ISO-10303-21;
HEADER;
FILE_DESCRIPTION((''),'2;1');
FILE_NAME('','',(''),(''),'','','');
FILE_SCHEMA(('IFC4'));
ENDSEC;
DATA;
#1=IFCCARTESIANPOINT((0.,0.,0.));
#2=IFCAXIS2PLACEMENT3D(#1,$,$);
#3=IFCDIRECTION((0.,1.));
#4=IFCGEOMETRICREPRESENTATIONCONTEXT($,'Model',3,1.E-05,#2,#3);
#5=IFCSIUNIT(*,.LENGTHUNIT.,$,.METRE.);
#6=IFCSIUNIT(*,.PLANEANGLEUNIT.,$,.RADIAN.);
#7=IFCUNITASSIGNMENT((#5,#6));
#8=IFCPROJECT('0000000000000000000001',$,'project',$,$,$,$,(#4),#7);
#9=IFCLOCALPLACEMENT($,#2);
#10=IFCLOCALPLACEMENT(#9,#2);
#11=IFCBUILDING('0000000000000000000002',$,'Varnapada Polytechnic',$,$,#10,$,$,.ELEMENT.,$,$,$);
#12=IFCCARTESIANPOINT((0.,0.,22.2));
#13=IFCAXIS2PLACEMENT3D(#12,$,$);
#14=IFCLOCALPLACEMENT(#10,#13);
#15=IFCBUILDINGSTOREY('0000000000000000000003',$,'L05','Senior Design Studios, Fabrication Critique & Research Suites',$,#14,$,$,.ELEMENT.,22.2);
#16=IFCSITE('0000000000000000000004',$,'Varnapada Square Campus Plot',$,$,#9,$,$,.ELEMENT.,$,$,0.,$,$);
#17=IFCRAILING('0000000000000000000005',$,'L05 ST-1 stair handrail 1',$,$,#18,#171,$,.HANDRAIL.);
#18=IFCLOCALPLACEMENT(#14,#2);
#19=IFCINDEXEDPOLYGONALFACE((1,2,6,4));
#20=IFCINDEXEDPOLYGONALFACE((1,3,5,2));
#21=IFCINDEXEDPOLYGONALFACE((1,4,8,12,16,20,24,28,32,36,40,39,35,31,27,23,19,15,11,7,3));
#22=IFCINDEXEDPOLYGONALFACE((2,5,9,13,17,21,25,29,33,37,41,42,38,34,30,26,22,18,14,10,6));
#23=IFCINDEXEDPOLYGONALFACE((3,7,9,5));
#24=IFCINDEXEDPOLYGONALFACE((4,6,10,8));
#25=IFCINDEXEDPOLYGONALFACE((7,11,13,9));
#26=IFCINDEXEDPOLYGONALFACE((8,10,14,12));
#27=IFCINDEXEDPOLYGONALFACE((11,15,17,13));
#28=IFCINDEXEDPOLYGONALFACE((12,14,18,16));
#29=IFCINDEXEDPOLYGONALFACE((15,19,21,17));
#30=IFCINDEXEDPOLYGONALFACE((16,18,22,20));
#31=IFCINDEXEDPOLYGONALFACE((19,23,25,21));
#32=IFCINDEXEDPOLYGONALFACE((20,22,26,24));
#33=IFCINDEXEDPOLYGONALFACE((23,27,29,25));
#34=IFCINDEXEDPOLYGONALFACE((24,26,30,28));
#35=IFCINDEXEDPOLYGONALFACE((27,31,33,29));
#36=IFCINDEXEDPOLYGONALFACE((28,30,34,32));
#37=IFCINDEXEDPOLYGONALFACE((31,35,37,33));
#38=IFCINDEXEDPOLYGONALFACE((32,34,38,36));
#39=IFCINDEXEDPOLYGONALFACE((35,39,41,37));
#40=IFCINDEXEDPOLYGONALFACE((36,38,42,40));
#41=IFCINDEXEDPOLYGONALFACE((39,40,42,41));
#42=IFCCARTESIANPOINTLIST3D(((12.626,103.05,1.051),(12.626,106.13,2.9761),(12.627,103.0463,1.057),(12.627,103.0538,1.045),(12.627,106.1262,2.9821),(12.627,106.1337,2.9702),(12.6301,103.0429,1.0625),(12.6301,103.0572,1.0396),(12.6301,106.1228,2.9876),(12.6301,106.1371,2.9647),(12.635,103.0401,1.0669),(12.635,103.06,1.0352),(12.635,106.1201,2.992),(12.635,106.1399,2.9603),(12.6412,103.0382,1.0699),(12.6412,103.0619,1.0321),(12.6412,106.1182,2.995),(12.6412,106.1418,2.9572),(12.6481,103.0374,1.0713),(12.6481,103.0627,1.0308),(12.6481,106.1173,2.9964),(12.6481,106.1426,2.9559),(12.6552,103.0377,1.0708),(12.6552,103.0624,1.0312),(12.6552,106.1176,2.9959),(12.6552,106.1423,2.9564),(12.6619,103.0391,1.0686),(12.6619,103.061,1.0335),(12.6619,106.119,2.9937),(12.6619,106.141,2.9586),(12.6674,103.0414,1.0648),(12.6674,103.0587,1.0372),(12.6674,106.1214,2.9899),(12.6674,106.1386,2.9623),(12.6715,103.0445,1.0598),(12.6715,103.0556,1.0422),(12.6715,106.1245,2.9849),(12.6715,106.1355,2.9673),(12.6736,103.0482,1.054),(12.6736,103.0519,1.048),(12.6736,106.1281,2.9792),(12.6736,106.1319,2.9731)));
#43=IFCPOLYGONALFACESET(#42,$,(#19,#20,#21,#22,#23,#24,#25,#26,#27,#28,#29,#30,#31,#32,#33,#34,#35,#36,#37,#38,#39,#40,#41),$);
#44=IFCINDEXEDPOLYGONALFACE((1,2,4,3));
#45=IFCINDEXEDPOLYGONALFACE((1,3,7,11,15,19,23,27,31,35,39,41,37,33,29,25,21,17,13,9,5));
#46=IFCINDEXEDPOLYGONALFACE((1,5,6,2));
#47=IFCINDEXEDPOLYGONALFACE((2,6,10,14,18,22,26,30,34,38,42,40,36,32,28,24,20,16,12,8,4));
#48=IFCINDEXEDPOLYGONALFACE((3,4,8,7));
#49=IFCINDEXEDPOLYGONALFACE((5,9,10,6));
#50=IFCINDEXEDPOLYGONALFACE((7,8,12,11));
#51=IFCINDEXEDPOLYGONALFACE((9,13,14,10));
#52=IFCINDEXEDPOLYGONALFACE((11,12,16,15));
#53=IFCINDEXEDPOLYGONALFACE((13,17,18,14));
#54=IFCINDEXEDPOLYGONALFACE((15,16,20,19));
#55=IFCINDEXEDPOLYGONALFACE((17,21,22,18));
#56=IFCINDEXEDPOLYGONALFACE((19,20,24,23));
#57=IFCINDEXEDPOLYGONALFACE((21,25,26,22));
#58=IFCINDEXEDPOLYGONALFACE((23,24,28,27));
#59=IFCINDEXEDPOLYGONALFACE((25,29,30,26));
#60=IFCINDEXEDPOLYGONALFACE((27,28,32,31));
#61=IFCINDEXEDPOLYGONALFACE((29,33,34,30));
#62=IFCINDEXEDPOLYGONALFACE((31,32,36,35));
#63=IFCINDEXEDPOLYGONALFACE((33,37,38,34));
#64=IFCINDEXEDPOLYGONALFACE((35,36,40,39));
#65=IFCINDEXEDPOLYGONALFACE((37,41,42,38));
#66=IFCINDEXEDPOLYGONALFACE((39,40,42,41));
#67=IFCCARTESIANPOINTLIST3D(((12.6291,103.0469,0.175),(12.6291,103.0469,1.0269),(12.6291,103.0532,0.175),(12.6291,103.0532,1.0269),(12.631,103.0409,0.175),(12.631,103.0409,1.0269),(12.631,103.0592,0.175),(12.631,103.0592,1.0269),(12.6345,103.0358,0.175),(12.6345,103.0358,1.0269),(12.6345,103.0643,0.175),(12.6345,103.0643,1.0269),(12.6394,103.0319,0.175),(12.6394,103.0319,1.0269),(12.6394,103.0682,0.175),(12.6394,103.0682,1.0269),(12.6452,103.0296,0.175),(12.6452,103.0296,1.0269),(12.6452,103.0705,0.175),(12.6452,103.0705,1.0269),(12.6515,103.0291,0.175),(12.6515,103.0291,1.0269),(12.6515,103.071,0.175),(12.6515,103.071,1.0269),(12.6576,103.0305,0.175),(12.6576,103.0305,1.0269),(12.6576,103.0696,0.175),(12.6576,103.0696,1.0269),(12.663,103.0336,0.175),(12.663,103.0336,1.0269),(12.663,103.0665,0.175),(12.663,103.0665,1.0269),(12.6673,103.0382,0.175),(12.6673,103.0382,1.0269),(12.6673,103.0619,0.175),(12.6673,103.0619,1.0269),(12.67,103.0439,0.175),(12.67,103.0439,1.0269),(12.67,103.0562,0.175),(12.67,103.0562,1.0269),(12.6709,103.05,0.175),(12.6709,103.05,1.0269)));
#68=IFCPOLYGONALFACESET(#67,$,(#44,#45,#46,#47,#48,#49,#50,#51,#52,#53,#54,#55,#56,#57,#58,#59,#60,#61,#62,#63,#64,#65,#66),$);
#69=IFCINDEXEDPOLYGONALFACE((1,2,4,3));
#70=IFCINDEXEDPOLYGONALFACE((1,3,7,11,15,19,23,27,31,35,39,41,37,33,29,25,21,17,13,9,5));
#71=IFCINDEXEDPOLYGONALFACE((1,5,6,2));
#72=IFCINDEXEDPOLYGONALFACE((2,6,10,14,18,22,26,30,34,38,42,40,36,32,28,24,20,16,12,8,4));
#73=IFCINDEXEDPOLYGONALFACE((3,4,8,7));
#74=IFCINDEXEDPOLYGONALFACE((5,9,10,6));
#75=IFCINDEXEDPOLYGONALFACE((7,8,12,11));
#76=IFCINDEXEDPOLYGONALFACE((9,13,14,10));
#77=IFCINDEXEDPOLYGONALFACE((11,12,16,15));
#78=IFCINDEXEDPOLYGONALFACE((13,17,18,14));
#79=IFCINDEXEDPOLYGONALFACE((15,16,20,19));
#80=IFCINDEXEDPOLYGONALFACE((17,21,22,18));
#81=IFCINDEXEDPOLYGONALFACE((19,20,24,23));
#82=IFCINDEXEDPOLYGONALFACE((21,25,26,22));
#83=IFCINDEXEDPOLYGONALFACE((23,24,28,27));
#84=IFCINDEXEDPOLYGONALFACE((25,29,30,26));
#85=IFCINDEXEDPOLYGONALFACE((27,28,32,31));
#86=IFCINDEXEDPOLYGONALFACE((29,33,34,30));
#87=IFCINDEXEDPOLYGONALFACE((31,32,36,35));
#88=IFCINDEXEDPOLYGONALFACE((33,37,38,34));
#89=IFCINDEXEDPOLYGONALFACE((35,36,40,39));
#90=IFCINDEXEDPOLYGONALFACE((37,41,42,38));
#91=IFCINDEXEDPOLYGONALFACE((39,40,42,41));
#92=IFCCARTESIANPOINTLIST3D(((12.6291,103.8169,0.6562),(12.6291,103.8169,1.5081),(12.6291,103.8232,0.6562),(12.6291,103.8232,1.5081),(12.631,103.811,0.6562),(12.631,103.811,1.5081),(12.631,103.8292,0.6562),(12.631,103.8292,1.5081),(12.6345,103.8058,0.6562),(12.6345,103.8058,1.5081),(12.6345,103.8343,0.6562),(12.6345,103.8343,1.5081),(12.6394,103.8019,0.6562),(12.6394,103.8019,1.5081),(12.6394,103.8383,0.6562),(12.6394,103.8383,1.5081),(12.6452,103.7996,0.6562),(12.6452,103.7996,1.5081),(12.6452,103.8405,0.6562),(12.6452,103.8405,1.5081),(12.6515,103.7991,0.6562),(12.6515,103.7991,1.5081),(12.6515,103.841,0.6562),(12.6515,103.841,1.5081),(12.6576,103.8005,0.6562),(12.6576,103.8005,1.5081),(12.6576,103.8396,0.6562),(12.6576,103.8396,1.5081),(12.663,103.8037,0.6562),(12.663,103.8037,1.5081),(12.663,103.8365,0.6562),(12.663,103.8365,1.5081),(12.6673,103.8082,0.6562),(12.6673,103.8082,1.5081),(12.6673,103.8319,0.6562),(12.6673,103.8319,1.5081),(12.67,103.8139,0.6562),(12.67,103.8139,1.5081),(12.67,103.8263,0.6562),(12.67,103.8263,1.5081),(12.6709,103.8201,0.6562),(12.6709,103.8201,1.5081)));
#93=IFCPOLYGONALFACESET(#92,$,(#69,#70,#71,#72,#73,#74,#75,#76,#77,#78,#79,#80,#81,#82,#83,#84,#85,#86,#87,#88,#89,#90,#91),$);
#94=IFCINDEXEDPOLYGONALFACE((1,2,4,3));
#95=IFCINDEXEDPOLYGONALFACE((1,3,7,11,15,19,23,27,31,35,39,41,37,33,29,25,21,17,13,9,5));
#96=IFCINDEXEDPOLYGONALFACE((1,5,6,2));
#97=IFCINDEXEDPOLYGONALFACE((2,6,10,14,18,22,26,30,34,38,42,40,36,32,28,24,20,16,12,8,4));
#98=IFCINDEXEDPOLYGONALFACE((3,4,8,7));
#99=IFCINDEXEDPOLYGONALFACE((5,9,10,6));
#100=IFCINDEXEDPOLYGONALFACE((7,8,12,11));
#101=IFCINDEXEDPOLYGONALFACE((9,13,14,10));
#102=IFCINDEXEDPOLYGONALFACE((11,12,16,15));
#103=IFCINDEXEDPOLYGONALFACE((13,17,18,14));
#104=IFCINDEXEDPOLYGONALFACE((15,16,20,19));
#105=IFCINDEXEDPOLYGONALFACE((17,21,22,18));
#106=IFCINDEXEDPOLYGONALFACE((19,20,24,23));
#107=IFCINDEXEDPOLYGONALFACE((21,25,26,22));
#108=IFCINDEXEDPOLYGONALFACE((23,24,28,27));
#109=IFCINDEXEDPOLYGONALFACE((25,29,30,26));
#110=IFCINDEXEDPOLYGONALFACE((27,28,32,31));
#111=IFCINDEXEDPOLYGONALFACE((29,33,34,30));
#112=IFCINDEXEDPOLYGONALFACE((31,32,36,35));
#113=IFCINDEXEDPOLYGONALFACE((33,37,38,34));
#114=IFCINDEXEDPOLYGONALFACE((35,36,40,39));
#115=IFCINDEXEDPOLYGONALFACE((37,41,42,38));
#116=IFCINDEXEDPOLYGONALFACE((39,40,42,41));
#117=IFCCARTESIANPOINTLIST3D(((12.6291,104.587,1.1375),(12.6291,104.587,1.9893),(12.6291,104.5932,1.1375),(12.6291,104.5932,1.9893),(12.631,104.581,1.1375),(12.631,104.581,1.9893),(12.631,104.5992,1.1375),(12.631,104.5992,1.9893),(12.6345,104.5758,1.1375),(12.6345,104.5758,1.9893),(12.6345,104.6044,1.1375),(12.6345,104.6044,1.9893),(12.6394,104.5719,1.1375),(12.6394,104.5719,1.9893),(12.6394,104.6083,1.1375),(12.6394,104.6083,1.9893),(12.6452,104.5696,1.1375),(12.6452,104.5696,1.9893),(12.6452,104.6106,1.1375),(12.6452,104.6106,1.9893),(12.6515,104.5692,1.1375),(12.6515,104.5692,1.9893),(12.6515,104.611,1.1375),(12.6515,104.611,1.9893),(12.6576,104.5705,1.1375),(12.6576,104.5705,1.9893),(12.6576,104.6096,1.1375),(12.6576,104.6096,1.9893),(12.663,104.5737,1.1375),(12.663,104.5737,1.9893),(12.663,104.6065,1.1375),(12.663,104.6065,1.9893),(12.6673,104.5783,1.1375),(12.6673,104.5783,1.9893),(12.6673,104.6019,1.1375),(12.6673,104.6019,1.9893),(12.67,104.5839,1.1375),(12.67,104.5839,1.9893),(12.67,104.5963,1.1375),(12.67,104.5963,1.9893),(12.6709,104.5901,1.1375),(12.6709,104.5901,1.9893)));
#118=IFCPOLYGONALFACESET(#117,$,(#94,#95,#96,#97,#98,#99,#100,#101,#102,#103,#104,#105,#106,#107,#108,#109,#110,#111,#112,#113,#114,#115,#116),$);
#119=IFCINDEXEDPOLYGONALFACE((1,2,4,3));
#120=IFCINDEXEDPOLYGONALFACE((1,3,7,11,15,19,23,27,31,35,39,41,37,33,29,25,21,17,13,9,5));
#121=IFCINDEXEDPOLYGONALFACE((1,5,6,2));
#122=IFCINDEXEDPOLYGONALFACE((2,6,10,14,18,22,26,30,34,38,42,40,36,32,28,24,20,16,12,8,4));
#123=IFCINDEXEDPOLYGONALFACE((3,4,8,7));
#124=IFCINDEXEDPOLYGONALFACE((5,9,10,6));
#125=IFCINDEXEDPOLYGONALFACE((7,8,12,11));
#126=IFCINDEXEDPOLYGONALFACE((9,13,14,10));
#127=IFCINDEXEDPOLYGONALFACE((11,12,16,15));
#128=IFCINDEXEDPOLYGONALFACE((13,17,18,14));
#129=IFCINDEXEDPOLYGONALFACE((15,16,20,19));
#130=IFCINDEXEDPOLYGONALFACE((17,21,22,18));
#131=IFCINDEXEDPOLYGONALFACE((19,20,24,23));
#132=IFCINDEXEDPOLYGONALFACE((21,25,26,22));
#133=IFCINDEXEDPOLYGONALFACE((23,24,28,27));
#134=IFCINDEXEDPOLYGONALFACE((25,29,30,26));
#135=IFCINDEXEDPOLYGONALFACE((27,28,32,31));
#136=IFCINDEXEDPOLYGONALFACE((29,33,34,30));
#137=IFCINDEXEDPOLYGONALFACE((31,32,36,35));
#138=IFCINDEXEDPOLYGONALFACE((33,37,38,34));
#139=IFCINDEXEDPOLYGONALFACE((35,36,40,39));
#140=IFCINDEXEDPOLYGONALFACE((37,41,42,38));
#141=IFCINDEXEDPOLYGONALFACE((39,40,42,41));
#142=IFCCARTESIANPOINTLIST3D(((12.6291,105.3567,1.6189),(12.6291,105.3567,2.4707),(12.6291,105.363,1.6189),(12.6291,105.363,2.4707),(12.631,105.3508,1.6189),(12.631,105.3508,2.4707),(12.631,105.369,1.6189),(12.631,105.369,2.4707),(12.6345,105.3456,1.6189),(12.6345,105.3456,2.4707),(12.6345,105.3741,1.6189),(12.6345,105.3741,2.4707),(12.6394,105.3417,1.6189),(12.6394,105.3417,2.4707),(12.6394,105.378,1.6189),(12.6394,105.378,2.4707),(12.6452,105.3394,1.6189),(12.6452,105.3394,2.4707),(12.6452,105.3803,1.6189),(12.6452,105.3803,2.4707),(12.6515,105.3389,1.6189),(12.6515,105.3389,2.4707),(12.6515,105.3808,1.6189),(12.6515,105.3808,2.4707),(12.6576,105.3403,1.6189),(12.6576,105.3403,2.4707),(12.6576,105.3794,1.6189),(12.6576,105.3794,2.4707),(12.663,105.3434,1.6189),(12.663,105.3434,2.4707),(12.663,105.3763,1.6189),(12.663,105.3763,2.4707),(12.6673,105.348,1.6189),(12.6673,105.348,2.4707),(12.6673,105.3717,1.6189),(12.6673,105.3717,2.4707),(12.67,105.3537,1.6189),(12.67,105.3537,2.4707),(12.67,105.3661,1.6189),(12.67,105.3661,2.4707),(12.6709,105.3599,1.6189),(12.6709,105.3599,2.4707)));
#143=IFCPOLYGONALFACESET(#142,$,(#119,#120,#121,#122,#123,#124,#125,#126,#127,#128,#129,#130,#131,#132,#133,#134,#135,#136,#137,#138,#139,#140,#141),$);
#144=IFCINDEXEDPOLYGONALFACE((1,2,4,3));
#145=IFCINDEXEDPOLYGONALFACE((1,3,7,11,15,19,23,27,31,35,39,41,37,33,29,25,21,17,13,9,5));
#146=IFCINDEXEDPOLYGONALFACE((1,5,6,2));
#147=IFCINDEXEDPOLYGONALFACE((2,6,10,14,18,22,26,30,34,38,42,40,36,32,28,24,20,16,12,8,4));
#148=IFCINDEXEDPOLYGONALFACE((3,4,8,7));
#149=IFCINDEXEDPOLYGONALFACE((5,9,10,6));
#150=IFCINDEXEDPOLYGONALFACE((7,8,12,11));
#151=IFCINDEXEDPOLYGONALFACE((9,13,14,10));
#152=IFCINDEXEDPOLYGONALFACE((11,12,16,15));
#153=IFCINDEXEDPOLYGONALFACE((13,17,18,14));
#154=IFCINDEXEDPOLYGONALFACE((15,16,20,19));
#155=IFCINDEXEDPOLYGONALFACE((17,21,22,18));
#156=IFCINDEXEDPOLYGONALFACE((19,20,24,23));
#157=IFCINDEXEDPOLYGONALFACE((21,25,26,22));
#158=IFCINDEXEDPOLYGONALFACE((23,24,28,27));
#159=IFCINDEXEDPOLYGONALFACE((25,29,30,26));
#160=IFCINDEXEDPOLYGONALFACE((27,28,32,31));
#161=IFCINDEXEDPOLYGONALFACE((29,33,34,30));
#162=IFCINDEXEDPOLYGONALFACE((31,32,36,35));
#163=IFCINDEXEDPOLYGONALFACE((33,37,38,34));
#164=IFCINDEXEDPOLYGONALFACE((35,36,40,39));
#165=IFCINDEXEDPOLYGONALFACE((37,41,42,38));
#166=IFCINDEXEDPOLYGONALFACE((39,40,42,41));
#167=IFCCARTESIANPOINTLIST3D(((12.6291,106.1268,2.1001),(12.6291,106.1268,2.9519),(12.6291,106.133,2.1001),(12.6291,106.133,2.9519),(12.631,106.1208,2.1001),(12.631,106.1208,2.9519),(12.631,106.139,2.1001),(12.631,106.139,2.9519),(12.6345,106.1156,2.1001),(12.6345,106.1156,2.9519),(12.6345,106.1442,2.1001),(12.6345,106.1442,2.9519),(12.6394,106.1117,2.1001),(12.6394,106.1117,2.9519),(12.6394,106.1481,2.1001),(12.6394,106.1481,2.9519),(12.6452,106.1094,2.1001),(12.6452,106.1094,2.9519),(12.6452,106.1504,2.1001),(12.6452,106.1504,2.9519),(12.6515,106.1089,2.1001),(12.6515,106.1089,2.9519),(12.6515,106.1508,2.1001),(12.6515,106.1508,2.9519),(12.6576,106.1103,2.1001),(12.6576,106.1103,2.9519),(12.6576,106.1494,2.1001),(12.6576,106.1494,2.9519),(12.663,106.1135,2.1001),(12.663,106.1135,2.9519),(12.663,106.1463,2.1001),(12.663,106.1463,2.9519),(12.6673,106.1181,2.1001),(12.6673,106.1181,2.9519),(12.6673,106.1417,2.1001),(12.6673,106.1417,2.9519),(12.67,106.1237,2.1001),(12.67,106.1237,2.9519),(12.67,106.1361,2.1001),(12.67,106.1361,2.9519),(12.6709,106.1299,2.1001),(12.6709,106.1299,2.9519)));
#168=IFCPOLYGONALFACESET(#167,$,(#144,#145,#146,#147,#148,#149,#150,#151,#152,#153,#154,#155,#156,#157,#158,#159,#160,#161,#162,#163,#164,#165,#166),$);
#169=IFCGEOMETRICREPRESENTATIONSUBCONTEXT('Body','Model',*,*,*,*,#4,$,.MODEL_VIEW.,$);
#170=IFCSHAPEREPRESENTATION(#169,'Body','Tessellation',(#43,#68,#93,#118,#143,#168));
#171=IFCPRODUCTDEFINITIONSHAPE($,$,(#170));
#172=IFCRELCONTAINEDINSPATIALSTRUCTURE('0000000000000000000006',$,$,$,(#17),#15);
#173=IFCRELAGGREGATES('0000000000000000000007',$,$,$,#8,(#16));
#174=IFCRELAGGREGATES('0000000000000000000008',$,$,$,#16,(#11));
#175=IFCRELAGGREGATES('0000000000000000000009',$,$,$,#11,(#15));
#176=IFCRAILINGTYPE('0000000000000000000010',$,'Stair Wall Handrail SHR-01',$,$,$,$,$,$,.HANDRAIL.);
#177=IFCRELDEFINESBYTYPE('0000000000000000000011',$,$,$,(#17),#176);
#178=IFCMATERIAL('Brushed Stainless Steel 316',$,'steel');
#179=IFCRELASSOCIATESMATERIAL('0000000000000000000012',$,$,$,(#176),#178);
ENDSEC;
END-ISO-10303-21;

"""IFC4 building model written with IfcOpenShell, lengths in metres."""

from ifc_helpers import new_model, si_unit, direction, frame, origin, origin_2d, place, context, subcontext, project, spatial, circle, extrude, material, type_object, element, save


model = new_model("IFC4")

# Units and contexts
model_context = context("Model", 3, precision=1e-05, world=origin(), true_north=direction((0.0, 1.0)))
body_context = subcontext(model_context, "Body", "Model", "MODEL_VIEW")
ifc_project = project(units=[si_unit("LENGTHUNIT", "METRE"), si_unit("PLANEANGLEUNIT", "RADIAN")], contexts=[model_context])

# Site, building, storey
site_placement = place(None, origin())
site = spatial("IfcSite", under=ifc_project, at=site_placement, Name="Varnapada Square Campus Plot", CompositionType="ELEMENT", RefElevation=0.0)
building_placement = place(site_placement, origin())
building = spatial("IfcBuilding", under=site, at=building_placement, Name="Varnapada Polytechnic", CompositionType="ELEMENT")
storey_placement = place(building_placement, frame((0.0, 0.0, 22.2)))
storey = spatial("IfcBuildingStorey", under=building, at=storey_placement, Name="L05", Description="Senior Design Studios, Fabrication Critique & Research Suites", CompositionType="ELEMENT", Elevation=22.2)

# Shared definitions
ifc_material_1 = material(Name="Brushed Stainless Steel 316", Category="steel")

# Railing
railing_type_1 = type_object("IfcRailingType", Name="Stair Wall Handrail SHR-01", PredefinedType="HANDRAIL", material=ifc_material_1)
railing_1_placement = place(storey_placement, frame((12.6499, 103.05, 0.175)))
element("IfcRailing", 1, at=railing_1_placement, inside=storey, type_object=railing_type_1, Name="L05 ST-1 stair handrail 1", PredefinedType="HANDRAIL", context=body_context, shape_type="SweptSolid", body=[
    extrude(circle(Radius=0.0239, at=origin_2d()), frame((0.0, 0.0, 0.876), z_axis=(0.0, 0.847979, 0.530029), x_axis=(-1.0, 0.0, 0.0)), (0.0, 0.0, 1.0), 3.6321),
    extrude(circle(Radius=0.021, at=origin_2d()), origin(), (0.0, 0.0, 1.0), 0.8518),
    extrude(circle(Radius=0.021, at=origin_2d()), frame((0.0, 0.77, 0.4812)), (0.0, 0.0, 1.0), 0.8518),
    extrude(circle(Radius=0.021, at=origin_2d()), frame((0.0, 1.54, 0.9624)), (0.0, 0.0, 1.0), 0.8518),
    extrude(circle(Radius=0.021, at=origin_2d()), frame((0.0, 2.3098, 1.4438)), (0.0, 0.0, 1.0), 0.8518),
    extrude(circle(Radius=0.021, at=origin_2d()), frame((0.0, 3.0798, 1.925)), (0.0, 0.0, 1.0), 0.8518),
])

save(model, "model.ifc")
